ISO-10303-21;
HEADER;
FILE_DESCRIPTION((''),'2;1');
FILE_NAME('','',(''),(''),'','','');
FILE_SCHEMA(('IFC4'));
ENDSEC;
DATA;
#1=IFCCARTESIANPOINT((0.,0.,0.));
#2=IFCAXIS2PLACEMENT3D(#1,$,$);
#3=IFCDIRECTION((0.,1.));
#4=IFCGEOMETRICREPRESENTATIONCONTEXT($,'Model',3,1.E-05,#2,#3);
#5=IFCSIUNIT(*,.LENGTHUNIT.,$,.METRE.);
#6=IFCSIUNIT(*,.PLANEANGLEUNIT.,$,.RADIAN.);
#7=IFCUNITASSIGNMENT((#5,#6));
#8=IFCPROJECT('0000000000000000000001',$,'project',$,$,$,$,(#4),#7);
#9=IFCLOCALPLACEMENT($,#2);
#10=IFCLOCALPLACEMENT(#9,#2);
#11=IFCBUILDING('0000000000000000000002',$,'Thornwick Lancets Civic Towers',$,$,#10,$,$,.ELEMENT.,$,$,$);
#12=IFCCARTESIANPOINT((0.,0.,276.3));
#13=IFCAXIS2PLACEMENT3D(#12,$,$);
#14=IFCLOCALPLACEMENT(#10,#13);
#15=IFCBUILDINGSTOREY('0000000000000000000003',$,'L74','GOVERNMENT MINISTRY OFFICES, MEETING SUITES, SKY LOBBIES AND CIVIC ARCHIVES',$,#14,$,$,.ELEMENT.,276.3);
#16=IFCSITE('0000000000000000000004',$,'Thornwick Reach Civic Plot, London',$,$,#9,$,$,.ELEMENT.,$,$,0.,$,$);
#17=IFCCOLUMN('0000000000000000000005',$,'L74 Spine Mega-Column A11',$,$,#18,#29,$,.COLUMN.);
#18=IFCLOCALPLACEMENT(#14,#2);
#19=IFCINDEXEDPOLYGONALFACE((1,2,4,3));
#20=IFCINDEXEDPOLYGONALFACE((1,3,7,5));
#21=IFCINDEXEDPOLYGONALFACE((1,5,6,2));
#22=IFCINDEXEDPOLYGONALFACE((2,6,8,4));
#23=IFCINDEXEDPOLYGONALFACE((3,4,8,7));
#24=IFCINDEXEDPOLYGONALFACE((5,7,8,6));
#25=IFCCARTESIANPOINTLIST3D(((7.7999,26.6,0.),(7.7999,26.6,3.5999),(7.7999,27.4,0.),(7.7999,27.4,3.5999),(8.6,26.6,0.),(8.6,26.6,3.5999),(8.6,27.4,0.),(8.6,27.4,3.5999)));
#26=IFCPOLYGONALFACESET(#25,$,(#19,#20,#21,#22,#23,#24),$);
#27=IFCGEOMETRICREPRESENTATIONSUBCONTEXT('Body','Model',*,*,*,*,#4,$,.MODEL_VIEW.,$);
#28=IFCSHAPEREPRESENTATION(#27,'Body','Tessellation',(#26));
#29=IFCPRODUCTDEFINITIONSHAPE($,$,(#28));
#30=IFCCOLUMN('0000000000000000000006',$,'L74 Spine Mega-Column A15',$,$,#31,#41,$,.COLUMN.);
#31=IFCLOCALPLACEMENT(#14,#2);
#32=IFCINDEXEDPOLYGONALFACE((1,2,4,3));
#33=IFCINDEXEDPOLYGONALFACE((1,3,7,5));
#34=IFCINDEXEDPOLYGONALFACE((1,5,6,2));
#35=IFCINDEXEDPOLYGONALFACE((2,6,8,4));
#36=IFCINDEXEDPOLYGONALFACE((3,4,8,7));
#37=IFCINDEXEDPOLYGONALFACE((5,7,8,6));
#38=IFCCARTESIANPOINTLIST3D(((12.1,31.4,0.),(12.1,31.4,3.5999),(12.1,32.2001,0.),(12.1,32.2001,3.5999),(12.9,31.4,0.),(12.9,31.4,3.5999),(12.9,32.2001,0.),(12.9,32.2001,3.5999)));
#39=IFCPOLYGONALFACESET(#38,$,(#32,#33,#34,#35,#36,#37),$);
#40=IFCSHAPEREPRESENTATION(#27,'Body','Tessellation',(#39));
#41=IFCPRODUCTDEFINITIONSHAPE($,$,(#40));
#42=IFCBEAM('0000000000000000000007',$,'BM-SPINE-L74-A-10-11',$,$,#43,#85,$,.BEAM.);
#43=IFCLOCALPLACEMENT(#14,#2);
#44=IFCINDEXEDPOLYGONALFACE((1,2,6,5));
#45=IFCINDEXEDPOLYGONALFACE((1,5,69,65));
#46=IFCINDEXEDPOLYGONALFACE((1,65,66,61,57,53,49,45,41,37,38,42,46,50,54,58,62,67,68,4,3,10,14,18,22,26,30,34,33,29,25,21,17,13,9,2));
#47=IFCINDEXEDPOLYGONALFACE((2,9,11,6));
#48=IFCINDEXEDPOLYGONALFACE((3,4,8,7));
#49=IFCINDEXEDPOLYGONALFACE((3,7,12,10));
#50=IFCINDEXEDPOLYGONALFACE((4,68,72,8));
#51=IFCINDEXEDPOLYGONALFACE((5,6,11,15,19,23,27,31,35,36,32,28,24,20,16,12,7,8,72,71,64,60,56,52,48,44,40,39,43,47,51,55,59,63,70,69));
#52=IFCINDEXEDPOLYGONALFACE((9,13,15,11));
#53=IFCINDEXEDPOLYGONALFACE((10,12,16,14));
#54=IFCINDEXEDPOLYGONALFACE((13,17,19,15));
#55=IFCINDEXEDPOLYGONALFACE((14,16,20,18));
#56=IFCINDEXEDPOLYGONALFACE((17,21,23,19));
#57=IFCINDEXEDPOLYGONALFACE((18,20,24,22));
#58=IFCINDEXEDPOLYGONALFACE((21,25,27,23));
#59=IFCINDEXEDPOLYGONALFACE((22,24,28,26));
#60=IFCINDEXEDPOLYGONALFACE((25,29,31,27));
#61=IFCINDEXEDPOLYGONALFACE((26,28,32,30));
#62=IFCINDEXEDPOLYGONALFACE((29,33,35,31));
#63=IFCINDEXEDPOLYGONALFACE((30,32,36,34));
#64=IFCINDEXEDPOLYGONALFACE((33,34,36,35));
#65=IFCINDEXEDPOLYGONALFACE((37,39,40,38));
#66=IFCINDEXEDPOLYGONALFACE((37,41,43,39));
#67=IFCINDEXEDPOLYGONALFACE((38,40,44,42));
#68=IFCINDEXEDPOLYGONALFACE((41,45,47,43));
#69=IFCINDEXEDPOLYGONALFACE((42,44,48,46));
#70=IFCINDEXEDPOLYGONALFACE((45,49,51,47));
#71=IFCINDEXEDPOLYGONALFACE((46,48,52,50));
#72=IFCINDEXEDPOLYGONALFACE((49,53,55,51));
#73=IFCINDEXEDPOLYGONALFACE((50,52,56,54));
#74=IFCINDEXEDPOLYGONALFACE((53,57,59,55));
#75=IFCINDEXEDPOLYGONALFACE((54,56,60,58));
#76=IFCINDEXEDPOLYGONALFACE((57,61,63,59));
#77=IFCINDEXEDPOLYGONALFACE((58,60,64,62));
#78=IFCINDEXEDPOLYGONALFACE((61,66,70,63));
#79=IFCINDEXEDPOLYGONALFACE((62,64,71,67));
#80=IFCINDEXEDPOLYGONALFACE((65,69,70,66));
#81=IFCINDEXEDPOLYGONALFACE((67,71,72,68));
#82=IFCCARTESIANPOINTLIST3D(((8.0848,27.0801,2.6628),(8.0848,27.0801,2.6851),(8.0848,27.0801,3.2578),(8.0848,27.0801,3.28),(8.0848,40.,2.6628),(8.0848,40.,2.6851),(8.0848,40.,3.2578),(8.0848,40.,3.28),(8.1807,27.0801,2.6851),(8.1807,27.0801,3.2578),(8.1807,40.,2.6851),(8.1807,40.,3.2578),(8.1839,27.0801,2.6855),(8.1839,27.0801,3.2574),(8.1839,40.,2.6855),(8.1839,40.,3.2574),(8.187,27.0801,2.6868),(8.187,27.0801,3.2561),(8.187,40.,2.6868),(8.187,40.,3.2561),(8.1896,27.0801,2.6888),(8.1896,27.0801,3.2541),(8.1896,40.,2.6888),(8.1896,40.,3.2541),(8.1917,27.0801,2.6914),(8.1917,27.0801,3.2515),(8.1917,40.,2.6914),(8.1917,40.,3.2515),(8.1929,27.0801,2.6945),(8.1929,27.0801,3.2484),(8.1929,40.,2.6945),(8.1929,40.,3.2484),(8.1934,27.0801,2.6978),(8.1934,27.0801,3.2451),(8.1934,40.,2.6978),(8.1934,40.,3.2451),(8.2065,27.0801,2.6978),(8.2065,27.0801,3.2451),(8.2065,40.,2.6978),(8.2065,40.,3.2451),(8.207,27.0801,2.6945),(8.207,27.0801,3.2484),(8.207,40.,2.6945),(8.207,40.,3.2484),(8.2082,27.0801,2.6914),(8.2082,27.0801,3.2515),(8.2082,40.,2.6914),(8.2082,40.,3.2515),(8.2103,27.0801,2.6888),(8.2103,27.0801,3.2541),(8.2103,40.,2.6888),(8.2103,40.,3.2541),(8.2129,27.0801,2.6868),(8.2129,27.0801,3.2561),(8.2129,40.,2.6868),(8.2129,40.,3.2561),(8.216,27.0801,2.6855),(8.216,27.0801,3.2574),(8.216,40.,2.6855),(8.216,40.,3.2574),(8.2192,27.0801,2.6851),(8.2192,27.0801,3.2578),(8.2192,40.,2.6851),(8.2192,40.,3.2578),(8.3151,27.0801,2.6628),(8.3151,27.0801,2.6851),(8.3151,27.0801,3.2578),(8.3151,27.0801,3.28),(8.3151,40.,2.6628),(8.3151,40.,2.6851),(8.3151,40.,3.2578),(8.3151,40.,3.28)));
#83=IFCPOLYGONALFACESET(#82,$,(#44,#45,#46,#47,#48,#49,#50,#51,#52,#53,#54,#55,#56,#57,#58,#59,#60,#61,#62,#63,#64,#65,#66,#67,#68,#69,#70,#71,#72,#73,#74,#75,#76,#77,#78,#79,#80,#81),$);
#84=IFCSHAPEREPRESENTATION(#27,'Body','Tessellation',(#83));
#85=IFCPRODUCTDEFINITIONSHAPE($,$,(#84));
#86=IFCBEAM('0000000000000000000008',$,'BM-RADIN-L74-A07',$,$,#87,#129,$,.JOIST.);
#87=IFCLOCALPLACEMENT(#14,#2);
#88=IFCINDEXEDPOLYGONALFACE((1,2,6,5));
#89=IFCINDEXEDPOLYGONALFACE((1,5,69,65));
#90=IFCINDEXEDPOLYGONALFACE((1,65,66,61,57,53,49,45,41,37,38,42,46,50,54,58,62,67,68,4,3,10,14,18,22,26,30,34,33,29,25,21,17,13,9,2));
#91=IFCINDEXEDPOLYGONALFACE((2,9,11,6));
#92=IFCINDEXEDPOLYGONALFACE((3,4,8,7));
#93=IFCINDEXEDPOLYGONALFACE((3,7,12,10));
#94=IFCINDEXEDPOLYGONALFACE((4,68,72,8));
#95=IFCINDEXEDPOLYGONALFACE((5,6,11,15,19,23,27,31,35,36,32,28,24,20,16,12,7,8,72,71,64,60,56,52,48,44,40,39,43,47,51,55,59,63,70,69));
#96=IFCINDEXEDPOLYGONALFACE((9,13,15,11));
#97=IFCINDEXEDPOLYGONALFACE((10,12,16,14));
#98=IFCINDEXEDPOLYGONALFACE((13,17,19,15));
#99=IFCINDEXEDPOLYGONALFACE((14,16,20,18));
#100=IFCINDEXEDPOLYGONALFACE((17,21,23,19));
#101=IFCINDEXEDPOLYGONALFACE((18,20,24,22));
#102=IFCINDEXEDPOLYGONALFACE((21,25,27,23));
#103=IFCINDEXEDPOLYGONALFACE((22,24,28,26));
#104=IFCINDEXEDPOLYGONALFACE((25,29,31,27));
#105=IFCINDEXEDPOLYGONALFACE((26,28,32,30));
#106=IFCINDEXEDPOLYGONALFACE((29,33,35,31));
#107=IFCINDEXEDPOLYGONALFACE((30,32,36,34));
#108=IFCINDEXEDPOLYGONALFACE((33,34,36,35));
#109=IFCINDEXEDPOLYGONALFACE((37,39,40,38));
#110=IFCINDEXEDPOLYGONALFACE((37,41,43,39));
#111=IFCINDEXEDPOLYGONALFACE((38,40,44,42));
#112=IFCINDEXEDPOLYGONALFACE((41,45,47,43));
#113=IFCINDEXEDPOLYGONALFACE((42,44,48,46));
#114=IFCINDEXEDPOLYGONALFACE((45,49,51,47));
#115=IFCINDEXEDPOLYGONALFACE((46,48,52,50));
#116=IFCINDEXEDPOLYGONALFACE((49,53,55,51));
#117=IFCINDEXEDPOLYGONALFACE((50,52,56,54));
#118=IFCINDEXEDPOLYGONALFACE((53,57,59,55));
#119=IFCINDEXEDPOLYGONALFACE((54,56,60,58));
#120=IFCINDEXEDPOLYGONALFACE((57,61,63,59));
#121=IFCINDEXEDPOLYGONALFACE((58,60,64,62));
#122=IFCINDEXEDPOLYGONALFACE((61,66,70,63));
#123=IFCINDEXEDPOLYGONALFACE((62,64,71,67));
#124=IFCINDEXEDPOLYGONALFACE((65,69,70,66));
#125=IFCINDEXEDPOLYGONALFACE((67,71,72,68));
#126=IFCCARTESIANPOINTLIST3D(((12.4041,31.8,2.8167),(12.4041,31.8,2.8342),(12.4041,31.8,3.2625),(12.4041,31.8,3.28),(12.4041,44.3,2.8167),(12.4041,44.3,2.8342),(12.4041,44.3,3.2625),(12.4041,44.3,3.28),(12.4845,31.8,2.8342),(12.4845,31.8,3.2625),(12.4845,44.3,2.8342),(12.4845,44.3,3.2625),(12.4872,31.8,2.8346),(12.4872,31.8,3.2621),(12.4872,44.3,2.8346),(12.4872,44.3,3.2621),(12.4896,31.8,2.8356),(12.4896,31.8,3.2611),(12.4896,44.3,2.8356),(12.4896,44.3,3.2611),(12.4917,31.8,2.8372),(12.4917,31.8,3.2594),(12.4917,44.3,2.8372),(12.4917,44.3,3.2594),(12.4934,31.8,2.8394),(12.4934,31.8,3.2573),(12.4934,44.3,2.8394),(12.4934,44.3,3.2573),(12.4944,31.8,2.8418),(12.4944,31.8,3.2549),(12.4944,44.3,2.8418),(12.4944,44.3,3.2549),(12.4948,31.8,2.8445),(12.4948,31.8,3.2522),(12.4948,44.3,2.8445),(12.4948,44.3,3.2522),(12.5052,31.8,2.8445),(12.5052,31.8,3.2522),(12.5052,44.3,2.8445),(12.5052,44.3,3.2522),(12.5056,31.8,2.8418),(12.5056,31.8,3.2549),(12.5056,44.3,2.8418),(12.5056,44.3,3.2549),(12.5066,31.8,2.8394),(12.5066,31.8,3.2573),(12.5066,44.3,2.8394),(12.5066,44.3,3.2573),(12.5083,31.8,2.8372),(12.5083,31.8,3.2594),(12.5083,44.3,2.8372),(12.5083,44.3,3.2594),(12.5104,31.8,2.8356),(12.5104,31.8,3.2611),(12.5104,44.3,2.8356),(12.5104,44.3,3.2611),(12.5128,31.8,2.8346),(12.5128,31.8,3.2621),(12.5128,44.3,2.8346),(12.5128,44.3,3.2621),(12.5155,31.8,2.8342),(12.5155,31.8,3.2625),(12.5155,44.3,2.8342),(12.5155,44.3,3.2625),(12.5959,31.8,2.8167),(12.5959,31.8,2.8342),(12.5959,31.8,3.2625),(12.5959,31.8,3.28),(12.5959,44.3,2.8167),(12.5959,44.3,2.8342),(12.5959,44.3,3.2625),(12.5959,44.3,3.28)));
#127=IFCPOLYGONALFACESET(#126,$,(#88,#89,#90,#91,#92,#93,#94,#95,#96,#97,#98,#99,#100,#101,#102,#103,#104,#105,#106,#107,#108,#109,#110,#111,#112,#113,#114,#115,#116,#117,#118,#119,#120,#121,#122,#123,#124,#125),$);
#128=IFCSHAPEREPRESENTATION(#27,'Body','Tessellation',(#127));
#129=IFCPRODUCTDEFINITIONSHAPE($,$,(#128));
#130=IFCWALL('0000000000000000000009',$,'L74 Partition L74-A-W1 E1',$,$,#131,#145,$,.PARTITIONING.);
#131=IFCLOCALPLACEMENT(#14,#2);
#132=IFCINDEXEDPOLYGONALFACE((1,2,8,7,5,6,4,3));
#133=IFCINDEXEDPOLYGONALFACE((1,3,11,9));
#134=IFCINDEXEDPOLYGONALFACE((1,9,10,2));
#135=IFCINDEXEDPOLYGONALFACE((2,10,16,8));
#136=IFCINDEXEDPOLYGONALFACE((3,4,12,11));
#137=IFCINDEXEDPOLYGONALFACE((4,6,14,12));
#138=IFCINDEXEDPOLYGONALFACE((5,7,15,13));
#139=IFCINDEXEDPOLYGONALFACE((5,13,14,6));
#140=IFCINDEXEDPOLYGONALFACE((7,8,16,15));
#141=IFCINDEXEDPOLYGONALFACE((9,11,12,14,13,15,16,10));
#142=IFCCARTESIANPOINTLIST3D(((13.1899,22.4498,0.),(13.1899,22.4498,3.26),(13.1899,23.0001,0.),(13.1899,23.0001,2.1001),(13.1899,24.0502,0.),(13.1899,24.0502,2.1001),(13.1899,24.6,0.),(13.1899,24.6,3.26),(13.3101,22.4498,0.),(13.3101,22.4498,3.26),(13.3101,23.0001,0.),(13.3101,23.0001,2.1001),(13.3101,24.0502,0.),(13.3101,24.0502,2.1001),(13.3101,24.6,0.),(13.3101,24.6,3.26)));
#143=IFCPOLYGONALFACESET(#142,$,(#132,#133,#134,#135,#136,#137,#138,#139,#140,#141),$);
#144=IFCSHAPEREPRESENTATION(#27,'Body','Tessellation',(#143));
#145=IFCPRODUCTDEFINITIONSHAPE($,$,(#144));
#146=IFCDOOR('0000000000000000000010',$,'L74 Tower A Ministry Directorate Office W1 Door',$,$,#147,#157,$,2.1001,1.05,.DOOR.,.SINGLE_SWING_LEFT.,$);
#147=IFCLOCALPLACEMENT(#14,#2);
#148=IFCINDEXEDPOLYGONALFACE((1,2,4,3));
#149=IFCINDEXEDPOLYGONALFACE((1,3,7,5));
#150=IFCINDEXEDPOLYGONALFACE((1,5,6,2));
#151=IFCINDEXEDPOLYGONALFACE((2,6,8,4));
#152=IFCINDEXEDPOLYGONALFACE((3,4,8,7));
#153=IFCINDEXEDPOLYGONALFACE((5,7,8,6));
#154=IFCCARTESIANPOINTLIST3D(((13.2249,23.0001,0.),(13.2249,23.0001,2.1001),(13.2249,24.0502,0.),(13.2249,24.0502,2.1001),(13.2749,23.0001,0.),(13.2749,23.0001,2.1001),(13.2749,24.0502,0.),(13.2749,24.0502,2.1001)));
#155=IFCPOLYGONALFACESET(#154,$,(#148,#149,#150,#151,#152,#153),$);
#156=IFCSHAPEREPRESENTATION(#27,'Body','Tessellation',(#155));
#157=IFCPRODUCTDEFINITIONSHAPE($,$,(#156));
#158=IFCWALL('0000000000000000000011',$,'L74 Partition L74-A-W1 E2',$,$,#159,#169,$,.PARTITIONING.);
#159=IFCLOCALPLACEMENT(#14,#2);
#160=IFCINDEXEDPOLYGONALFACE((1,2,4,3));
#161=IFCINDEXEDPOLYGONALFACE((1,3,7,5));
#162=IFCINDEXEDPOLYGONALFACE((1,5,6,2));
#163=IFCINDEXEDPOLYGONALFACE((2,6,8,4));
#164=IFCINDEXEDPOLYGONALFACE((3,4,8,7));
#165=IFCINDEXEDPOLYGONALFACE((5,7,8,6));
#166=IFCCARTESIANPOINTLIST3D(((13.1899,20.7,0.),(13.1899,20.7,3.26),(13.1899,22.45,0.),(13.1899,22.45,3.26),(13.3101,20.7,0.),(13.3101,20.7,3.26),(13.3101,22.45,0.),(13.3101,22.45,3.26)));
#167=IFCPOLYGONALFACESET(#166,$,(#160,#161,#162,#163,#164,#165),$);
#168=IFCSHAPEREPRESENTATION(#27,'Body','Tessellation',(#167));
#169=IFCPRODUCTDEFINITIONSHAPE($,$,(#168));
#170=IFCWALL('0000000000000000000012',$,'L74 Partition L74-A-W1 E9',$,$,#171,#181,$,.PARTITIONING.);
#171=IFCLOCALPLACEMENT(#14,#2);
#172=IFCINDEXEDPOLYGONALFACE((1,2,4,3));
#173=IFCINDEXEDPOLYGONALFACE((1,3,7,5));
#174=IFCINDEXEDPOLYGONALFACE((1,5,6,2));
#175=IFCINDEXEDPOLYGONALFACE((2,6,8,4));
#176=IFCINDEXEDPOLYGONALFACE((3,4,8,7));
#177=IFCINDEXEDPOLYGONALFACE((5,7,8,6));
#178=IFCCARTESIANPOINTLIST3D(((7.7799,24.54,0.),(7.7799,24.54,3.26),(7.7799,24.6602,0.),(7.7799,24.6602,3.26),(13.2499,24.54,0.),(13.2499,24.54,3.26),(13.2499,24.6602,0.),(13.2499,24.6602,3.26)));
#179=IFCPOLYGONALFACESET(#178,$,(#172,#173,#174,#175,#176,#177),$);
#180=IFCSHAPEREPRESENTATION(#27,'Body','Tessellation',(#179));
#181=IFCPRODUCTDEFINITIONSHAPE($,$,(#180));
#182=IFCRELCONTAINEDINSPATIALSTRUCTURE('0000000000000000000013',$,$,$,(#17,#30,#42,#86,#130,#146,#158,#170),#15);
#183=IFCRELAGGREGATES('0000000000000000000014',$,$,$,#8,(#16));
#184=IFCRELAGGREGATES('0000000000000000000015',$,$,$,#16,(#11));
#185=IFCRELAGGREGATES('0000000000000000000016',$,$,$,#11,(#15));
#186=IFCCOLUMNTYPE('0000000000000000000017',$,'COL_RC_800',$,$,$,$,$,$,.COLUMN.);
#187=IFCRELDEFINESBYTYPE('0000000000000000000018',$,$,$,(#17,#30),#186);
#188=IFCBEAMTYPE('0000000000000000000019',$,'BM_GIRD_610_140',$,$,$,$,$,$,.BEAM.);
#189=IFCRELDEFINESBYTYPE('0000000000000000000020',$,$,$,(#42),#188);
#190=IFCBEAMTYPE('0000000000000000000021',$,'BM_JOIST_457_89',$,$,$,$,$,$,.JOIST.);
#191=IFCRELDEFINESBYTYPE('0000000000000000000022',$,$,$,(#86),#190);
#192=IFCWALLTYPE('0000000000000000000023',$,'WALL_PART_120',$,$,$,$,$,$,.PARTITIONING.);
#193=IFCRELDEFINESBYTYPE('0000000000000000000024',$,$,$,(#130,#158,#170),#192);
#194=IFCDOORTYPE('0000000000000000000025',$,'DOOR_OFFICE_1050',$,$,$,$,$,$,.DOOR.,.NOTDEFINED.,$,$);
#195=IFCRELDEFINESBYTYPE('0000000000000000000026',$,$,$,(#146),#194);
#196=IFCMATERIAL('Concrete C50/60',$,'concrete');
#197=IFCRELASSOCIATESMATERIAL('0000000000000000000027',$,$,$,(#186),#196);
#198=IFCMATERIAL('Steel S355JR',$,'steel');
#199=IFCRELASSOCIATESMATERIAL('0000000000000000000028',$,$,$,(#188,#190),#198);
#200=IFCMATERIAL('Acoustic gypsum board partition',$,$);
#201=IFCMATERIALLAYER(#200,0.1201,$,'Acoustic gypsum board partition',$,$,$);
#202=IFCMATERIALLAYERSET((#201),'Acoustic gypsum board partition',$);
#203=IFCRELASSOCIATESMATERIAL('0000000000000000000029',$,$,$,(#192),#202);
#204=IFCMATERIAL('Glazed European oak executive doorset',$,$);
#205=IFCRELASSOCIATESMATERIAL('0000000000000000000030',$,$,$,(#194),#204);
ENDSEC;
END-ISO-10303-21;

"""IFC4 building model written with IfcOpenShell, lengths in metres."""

from ifc_helpers import new_model, si_unit, direction, frame, frame_2d, origin, origin_2d, place, context, subcontext, project, spatial, rectangle, i_section, extrude, material, layer, layer_set, material_profile, profile_set, type_object, element, fill, save


model = new_model("IFC4")

# Units and contexts
model_context = context("Model", 3, precision=1e-05, world=origin(), true_north=direction((0.0, 1.0)))
body_context = subcontext(model_context, "Body", "Model", "MODEL_VIEW")
ifc_project = project(units=[si_unit("LENGTHUNIT", "METRE"), si_unit("PLANEANGLEUNIT", "RADIAN")], contexts=[model_context])

# Site, building, storey
site_placement = place(None, origin())
site = spatial("IfcSite", under=ifc_project, at=site_placement, Name="Thornwick Reach Civic Plot, London", CompositionType="ELEMENT", RefElevation=0.0)
building_placement = place(site_placement, origin())
building = spatial("IfcBuilding", under=site, at=building_placement, Name="Thornwick Lancets Civic Towers", CompositionType="ELEMENT")
storey_placement = place(building_placement, frame((0.0, 0.0, 276.3)))
storey = spatial("IfcBuildingStorey", under=building, at=storey_placement, Name="L74", Description="GOVERNMENT MINISTRY OFFICES, MEETING SUITES, SKY LOBBIES AND CIVIC ARCHIVES", CompositionType="ELEMENT", Elevation=276.3)

# Columns
ifc_material_1 = material(Name="Concrete C50/60", Category="concrete")
ifc_material_profile_1 = material_profile(ifc_material_1, rectangle(XDim=0.8, YDim=0.8, at=origin_2d()), Name="RC 800x800")
ifc_profile_set_1 = profile_set([ifc_material_profile_1], Name="Concrete C50/60")
column_type = type_object("IfcColumnType", Name="COL_RC_800", PredefinedType="COLUMN", material=ifc_profile_set_1)
for number, where, z_axis, x_axis, name in (
    (1, (8.2, 27.0, 0.0), (0.0, 0.0, 1.0), (1.0, 0.0, 0.0), "L74 Spine Mega-Column A11"),
    (2, (12.5, 31.8, 0.0), (0.0, 0.0, 1.0), (1.0, 0.0, 0.0), "L74 Spine Mega-Column A15"),
):
    element("IfcColumn", number, at=place(storey_placement, frame(where, z_axis=z_axis, x_axis=x_axis)), inside=storey, type_object=column_type, Name=name, PredefinedType="COLUMN", context=body_context, shape_type="SweptSolid", body=[
        extrude(rectangle(XDim=0.8, YDim=0.8, at=origin_2d()), origin(), (0.0, 0.0, 1.0), 3.5999),
    ])

# Beams
ifc_material_2 = material(Name="Steel S355JR", Category="steel")
ifc_material_profile_2 = material_profile(ifc_material_2, i_section(OverallWidth=0.2302, OverallDepth=0.6172, WebThickness=0.0132, FlangeThickness=0.0222, FilletRadius=0.0127, at=origin_2d()), Name="UKB 610x229x140")
ifc_profile_set_2 = profile_set([ifc_material_profile_2], Name="Steel S355JR")
beam_type_1 = type_object("IfcBeamType", Name="BM_GIRD_610_140", PredefinedType="BEAM", material=ifc_profile_set_2)
beam_1_placement = place(storey_placement, frame((8.2, 27.0801, 2.9714), z_axis=(0.0, 1.0, 0.0), x_axis=(-1.0, 0.0, 0.0)))
element("IfcBeam", 3, at=beam_1_placement, inside=storey, type_object=beam_type_1, Name="BM-SPINE-L74-A-10-11", PredefinedType="BEAM", context=body_context, shape_type="SweptSolid", body=[
    extrude(i_section(OverallWidth=0.2302, OverallDepth=0.6172, WebThickness=0.0132, FlangeThickness=0.0222, FilletRadius=0.0127, at=origin_2d()), origin(), (0.0, 0.0, 1.0), 12.9199),
])
ifc_material_profile_3 = material_profile(ifc_material_2, i_section(OverallWidth=0.1919, OverallDepth=0.4634, WebThickness=0.0105, FlangeThickness=0.0176, FilletRadius=0.0103, at=origin_2d()), Name="UKB 457x191x89")
ifc_profile_set_3 = profile_set([ifc_material_profile_3], Name="Steel S355JR")
beam_type_2 = type_object("IfcBeamType", Name="BM_JOIST_457_89", PredefinedType="JOIST", material=ifc_profile_set_3)
beam_2_placement = place(storey_placement, frame((12.5, 31.8, 3.0483), z_axis=(0.0, 1.0, 0.0), x_axis=(-1.0, 0.0, 0.0)))
element("IfcBeam", 4, at=beam_2_placement, inside=storey, type_object=beam_type_2, Name="BM-RADIN-L74-A07", PredefinedType="JOIST", context=body_context, shape_type="SweptSolid", body=[
    extrude(i_section(OverallWidth=0.1919, OverallDepth=0.4634, WebThickness=0.0105, FlangeThickness=0.0176, FilletRadius=0.0103, at=origin_2d()), origin(), (0.0, 0.0, 1.0), 12.5),
])

# Wall, opening, door
ifc_material_3 = material(Name="Acoustic gypsum board partition")
ifc_layer_1 = layer(ifc_material_3, 0.1201, Name="Acoustic gypsum board partition")
ifc_layer_set_1 = layer_set([ifc_layer_1], Name="Acoustic gypsum board partition")
wall_type_1 = type_object("IfcWallType", Name="WALL_PART_120", PredefinedType="PARTITIONING", material=ifc_layer_set_1)
wall_1_placement = place(storey_placement, frame((13.25, 24.6001, 0.0), z_axis=(0.0, 0.0, 1.0), x_axis=(0.0, -1.0, 0.0)))
wall_1 = element("IfcWall", 5, at=wall_1_placement, inside=storey, type_object=wall_type_1, Name="L74 Partition L74-A-W1 E1", PredefinedType="PARTITIONING", context=body_context, shape_type="SweptSolid", body=[
    extrude(rectangle(XDim=2.1501, YDim=0.1201, at=frame_2d((1.0752, 0.0))), origin(), (0.0, 0.0, 1.0), 3.26),
])
opening_1_placement = place(wall_1_placement, frame((0.55, 0.0, 0.0)))
opening_1 = element("IfcOpeningElement", 6, at=opening_1_placement, cuts=wall_1, PredefinedType="OPENING", context=body_context, shape_type="SweptSolid", body=[
    extrude(rectangle(XDim=1.05, YDim=2.1001, at=frame_2d((0.5249, 1.05))), frame((0.0, 0.0701, 0.0), z_axis=(0.0, -1.0, 0.0), x_axis=(1.0, 0.0, 0.0)), (0.0, 0.0, 1.0), 0.1401),
])
ifc_material_4 = material(Name="Glazed European oak executive doorset")
door_type_1 = type_object("IfcDoorType", Name="DOOR_OFFICE_1050", OperationType="NOTDEFINED", PredefinedType="DOOR", material=ifc_material_4)
door_1_placement = place(opening_1_placement, origin())
door_1 = element("IfcDoor", 7, at=door_1_placement, inside=storey, type_object=door_type_1, Name="L74 Tower A Ministry Directorate Office W1 Door", OperationType="SINGLE_SWING_LEFT", OverallHeight=2.1001, OverallWidth=1.05, PredefinedType="DOOR", context=body_context, shape_type="SweptSolid", body=[
    extrude(rectangle(XDim=1.05, YDim=2.1001, at=frame_2d((0.5249, 1.05))), frame((0.0, 0.0249, 0.0), z_axis=(0.0, -1.0, 0.0), x_axis=(1.0, 0.0, 0.0)), (0.0, 0.0, 1.0), 0.05),
])
fill(opening_1, door_1)

# Walls
wall_2_placement = place(storey_placement, frame((13.25, 22.45, 0.0), z_axis=(0.0, 0.0, 1.0), x_axis=(0.0, -1.0, 0.0)))
element("IfcWall", 8, at=wall_2_placement, inside=storey, type_object=wall_type_1, Name="L74 Partition L74-A-W1 E2", PredefinedType="PARTITIONING", context=body_context, shape_type="SweptSolid", body=[
    extrude(rectangle(XDim=1.75, YDim=0.1201, at=frame_2d((0.875, 0.0))), origin(), (0.0, 0.0, 1.0), 3.26),
])
wall_3_placement = place(storey_placement, frame((7.78, 24.6001, 0.0), z_axis=(0.0, 0.0, 1.0), x_axis=(1.0, 0.0, 0.0)))
element("IfcWall", 9, at=wall_3_placement, inside=storey, type_object=wall_type_1, Name="L74 Partition L74-A-W1 E9", PredefinedType="PARTITIONING", context=body_context, shape_type="SweptSolid", body=[
    extrude(rectangle(XDim=5.47, YDim=0.1201, at=frame_2d((2.7349, 0.0))), origin(), (0.0, 0.0, 1.0), 3.26),
])

save(model, "model.ifc")
